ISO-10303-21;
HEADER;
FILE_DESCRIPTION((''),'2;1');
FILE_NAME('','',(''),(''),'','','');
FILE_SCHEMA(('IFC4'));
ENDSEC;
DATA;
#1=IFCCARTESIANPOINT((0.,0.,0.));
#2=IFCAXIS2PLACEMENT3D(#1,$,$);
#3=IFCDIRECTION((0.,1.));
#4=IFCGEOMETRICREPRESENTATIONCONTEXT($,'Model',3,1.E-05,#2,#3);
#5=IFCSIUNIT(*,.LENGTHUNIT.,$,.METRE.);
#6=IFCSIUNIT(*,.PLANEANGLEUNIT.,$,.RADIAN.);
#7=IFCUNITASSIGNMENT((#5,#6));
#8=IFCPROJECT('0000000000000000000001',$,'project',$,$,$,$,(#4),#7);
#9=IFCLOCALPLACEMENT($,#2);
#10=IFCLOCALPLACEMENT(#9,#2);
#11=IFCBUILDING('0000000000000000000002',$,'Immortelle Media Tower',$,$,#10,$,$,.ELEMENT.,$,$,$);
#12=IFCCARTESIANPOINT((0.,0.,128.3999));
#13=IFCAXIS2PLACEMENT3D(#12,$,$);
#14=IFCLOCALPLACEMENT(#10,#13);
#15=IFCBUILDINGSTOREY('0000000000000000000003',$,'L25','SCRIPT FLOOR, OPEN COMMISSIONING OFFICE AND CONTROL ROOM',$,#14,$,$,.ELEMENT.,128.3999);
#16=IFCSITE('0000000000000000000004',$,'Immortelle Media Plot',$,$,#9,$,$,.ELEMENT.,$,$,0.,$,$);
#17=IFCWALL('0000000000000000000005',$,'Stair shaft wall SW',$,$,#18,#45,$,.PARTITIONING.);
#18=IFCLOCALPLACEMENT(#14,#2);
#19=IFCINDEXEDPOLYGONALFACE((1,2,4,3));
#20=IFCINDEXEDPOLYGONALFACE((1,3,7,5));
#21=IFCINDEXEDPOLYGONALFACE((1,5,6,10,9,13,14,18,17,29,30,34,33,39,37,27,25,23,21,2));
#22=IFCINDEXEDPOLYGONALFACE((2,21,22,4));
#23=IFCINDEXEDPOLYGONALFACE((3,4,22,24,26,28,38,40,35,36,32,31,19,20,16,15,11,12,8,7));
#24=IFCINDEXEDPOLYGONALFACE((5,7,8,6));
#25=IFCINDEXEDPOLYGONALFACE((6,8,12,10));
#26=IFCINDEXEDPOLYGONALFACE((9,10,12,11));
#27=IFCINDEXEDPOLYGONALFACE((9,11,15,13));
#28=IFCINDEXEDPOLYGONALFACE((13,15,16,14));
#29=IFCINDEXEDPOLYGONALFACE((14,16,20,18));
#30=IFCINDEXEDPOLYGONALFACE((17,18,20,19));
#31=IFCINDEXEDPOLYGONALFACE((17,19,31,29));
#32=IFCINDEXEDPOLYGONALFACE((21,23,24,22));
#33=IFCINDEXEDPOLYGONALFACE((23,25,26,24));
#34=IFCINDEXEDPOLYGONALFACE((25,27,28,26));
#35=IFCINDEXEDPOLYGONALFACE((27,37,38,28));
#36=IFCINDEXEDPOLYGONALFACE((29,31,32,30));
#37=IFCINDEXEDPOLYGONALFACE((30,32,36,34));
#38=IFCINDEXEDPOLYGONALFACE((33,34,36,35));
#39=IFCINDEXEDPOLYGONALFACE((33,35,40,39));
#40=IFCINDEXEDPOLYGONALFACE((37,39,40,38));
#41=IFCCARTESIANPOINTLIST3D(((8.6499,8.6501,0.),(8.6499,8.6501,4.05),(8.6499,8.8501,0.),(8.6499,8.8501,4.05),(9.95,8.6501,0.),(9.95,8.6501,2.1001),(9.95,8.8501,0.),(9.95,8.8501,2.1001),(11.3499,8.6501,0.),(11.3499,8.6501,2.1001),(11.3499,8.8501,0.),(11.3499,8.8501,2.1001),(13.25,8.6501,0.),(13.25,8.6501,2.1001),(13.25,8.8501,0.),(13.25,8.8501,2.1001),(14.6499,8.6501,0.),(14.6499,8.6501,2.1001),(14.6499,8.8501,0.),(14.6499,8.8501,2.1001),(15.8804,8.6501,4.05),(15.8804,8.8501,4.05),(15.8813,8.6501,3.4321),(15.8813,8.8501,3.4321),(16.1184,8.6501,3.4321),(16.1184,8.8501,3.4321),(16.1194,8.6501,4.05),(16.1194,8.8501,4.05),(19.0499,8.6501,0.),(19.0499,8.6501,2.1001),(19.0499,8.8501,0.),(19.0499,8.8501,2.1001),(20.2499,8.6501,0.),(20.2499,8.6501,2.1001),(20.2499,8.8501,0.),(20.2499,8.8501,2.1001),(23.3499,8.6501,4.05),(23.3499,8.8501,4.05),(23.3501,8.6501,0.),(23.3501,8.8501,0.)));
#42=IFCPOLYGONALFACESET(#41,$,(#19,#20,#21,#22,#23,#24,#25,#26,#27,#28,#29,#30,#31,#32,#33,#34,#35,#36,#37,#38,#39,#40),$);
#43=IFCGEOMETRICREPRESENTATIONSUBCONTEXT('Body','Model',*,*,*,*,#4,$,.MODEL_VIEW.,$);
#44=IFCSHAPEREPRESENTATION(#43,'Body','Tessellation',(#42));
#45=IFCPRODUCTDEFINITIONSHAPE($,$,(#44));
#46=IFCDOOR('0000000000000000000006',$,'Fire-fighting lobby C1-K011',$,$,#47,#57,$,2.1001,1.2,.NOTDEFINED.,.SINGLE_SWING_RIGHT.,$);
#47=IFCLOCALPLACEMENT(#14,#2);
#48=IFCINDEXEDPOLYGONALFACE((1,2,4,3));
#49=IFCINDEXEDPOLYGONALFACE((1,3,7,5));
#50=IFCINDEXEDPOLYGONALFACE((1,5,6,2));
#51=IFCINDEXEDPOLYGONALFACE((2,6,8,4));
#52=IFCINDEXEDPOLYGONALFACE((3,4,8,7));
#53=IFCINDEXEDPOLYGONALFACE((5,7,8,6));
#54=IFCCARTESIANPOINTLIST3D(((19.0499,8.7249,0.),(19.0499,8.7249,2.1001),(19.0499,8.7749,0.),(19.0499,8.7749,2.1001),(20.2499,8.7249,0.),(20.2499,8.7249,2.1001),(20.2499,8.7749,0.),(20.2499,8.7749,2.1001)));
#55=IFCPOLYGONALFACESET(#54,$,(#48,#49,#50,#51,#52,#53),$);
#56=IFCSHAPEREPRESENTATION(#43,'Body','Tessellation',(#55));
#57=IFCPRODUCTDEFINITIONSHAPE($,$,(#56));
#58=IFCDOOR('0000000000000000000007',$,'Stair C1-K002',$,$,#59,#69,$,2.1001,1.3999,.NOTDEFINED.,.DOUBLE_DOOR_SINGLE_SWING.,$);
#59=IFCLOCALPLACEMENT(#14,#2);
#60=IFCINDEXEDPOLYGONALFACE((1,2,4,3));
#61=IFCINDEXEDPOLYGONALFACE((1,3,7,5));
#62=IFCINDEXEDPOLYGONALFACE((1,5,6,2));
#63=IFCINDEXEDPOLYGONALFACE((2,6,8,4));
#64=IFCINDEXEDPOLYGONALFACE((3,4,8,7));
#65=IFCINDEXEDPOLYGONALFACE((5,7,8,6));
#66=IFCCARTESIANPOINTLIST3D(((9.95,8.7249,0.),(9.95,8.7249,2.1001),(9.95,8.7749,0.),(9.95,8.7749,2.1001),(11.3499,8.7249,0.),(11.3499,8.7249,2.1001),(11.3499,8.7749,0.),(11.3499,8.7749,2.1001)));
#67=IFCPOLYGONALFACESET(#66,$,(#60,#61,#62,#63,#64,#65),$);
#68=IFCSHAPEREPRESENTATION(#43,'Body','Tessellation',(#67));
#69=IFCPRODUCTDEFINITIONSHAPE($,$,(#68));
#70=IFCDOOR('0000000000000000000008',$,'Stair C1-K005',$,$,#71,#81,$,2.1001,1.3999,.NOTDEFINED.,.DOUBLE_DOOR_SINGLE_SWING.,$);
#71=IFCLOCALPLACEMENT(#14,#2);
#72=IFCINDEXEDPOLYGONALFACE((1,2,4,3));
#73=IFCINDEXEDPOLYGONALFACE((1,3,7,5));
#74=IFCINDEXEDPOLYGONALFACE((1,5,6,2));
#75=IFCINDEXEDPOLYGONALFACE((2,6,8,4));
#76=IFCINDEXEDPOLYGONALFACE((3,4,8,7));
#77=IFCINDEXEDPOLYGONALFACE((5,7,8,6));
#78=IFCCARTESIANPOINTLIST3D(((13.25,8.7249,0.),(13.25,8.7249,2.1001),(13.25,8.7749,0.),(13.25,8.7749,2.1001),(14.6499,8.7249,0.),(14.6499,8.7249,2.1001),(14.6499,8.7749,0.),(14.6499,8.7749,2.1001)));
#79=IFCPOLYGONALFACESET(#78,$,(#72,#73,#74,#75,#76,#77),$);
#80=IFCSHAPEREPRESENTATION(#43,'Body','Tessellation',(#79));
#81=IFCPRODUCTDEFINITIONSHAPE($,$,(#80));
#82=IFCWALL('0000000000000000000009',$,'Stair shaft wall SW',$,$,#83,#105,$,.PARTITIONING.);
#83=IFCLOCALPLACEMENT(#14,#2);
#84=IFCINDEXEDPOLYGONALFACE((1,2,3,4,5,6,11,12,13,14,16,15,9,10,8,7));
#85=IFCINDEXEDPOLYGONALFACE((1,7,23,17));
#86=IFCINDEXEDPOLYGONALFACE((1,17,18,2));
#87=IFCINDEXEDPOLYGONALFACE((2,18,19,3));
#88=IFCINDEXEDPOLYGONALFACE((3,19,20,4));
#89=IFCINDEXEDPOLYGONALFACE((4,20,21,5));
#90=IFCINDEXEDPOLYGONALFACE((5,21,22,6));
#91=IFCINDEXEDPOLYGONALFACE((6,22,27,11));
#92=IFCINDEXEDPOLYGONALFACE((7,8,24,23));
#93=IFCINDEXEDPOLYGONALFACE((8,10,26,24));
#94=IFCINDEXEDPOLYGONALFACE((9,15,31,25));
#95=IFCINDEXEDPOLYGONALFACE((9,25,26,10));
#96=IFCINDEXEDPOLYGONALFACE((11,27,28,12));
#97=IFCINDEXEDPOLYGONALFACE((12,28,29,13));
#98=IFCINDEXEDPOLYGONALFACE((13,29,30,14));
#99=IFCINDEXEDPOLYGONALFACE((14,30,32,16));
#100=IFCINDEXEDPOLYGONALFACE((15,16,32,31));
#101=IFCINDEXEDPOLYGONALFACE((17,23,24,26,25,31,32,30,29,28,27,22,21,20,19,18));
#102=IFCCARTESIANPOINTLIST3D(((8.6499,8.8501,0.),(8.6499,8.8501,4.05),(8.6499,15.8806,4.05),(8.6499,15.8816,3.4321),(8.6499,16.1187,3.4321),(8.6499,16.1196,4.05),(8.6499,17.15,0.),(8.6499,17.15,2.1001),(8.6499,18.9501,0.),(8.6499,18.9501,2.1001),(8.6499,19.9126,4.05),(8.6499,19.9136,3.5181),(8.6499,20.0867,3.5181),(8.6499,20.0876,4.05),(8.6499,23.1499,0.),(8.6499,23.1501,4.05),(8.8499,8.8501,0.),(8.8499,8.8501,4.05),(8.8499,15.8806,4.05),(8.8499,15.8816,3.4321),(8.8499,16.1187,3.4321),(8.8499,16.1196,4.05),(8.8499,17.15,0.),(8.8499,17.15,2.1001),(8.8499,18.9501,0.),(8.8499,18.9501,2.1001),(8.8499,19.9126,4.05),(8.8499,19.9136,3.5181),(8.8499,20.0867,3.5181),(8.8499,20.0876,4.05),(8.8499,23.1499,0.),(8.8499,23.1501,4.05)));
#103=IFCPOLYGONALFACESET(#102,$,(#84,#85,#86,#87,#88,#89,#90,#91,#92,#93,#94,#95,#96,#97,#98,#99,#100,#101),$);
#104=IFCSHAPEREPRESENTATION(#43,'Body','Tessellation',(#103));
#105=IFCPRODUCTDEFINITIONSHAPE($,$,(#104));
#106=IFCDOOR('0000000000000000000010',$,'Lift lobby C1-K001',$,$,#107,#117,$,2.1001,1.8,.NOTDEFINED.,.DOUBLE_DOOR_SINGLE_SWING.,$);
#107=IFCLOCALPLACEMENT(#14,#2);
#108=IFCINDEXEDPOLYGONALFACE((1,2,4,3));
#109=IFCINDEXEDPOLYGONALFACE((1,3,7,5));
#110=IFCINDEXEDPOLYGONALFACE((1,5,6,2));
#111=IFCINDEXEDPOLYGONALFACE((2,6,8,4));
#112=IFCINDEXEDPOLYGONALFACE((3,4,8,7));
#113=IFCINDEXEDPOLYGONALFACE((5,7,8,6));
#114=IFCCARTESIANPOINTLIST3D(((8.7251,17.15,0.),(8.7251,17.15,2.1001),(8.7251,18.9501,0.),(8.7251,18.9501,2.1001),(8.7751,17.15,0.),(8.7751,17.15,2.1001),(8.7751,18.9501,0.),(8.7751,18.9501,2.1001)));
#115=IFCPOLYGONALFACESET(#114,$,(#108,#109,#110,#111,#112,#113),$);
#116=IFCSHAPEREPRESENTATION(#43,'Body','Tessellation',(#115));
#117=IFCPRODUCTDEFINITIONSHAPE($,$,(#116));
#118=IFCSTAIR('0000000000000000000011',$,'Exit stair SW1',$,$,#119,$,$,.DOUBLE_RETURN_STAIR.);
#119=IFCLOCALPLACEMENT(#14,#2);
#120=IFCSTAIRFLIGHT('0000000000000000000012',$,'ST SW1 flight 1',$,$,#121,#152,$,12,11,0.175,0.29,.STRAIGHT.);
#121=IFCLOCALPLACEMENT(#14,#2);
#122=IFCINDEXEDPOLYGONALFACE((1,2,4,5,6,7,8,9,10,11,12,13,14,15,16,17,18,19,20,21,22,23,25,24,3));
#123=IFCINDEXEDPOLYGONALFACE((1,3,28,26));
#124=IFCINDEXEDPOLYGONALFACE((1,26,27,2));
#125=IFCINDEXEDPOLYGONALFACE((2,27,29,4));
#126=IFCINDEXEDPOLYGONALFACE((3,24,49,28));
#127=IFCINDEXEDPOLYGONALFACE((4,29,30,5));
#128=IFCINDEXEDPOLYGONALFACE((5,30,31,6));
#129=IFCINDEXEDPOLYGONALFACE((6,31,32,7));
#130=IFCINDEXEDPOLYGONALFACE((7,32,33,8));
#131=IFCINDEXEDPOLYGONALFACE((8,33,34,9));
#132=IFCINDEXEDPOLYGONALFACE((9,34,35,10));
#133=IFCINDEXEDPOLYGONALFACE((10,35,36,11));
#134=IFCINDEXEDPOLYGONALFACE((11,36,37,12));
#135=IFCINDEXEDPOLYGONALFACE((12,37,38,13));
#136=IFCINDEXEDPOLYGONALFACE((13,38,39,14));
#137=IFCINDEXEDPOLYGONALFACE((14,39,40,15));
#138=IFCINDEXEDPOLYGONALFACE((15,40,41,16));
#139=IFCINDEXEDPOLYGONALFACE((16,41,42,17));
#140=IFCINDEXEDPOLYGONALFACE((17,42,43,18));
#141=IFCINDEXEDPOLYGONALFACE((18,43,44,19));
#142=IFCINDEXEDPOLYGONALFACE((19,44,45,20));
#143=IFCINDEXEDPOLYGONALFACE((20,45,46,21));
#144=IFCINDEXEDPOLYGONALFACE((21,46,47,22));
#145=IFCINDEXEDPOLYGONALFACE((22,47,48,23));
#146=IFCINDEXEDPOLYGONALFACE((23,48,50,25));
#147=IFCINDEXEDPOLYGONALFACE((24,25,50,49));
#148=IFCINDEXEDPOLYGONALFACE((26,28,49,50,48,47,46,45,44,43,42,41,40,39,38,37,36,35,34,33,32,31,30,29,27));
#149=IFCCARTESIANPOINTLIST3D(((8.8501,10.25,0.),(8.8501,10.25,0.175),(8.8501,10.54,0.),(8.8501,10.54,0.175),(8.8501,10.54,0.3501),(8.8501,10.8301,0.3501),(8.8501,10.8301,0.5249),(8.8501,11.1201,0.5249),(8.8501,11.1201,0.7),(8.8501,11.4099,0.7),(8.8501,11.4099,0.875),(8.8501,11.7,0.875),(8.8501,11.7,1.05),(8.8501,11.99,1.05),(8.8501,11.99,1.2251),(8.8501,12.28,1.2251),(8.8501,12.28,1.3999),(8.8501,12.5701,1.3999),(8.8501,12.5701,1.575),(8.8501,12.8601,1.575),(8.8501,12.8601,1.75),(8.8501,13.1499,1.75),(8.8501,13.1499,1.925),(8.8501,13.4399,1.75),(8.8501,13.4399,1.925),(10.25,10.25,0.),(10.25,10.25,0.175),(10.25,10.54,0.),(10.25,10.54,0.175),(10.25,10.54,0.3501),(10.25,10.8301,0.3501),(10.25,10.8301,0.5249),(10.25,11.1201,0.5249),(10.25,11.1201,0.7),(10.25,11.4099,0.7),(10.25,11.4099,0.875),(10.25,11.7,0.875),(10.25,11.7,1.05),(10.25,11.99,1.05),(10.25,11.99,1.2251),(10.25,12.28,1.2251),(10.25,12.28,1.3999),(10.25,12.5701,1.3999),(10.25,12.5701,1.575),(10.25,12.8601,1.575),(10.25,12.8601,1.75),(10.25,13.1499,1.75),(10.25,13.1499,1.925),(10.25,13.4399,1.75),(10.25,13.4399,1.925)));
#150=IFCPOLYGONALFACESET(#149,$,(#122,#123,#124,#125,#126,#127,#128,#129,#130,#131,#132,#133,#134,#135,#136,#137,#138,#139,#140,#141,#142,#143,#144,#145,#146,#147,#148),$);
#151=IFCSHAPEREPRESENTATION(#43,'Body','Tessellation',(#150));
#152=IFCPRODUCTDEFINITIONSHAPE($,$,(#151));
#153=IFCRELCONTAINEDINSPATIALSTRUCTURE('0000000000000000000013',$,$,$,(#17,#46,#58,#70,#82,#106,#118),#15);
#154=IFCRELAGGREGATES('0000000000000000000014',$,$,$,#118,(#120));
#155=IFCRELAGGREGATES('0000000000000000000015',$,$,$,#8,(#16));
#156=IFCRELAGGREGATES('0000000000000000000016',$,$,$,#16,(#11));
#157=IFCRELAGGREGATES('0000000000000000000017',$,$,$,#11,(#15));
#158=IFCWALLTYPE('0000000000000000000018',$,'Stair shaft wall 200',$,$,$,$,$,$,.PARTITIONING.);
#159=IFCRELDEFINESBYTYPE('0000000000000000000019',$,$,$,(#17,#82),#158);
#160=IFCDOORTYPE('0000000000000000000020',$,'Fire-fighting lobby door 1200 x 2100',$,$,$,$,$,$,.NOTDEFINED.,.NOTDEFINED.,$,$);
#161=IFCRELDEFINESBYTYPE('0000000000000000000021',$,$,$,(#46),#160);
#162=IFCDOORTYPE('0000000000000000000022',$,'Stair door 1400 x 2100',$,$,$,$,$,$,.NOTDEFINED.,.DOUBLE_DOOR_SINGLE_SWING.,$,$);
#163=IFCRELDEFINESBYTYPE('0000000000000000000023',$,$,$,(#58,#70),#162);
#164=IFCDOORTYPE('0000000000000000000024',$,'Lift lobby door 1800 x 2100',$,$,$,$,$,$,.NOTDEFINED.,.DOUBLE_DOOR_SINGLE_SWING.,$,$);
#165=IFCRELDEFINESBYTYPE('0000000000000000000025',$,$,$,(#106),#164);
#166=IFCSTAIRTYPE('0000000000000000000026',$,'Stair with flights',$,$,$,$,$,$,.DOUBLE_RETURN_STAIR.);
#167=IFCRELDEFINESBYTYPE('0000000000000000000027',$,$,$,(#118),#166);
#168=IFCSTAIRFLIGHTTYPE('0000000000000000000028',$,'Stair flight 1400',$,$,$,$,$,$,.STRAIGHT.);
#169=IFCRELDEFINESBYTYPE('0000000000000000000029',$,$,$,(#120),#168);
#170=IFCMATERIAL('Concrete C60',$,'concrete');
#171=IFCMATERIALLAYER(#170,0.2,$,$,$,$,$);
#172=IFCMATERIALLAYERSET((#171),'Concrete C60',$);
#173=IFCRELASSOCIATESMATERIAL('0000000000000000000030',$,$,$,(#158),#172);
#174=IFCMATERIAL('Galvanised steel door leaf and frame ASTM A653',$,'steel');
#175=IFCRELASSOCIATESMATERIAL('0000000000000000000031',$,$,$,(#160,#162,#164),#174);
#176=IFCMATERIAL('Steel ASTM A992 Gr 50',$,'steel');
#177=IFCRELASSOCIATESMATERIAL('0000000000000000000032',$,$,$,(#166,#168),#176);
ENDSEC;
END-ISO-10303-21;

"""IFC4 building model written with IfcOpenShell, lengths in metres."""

from ifc_helpers import new_model, si_unit, direction, frame, frame_2d, origin, place, context, subcontext, project, spatial, polyline, rectangle, outline, extrude, material, layer, layer_set, type_object, element, fill, aggregate, save


model = new_model("IFC4")

# Units and contexts
model_context = context("Model", 3, precision=1e-05, world=origin(), true_north=direction((0.0, 1.0)))
body_context = subcontext(model_context, "Body", "Model", "MODEL_VIEW")
ifc_project = project(units=[si_unit("LENGTHUNIT", "METRE"), si_unit("PLANEANGLEUNIT", "RADIAN")], contexts=[model_context])

# Site, building, storey
site_placement = place(None, origin())
site = spatial("IfcSite", under=ifc_project, at=site_placement, Name="Immortelle Media Plot", CompositionType="ELEMENT", RefElevation=0.0)
building_placement = place(site_placement, origin())
building = spatial("IfcBuilding", under=site, at=building_placement, Name="Immortelle Media Tower", CompositionType="ELEMENT")
storey_placement = place(building_placement, frame((0.0, 0.0, 128.3999)))
storey = spatial("IfcBuildingStorey", under=building, at=storey_placement, Name="L25", Description="SCRIPT FLOOR, OPEN COMMISSIONING OFFICE AND CONTROL ROOM", CompositionType="ELEMENT", Elevation=128.3999)

# Shared definitions
ifc_material_1 = material(Name="Steel ASTM A992 Gr 50", Category="steel")

# Wall, openings, doors
ifc_material_2 = material(Name="Concrete C60", Category="concrete")
ifc_layer_1 = layer(ifc_material_2, 0.2)
ifc_layer_set_1 = layer_set([ifc_layer_1], Name="Concrete C60")
wall_type_1 = type_object("IfcWallType", Name="Stair shaft wall 200", PredefinedType="PARTITIONING", material=ifc_layer_set_1)
wall_1_placement = place(storey_placement, frame((8.6499, 8.75, 0.0), z_axis=(0.0, 0.0, 1.0), x_axis=(1.0, 0.0, 0.0)))
wall_1 = element("IfcWall", 1, at=wall_1_placement, inside=storey, type_object=wall_type_1, Name="Stair shaft wall SW", PredefinedType="PARTITIONING", context=body_context, shape_type="SweptSolid", body=[
    extrude(outline(polyline([(0.0, 0.0), (14.7002, 0.0), (14.7, 4.05), (7.4695, 4.05), (7.4685, 3.4321), (7.2314, 3.4321), (7.2305, 4.05), (0.0, 4.05), (0.0, 0.0)])), frame((0.0, 0.1001, 0.0), z_axis=(0.0, -1.0, 0.0), x_axis=(1.0, 0.0, 0.0)), (0.0, 0.0, 1.0), 0.2),
])
opening_1_placement = place(wall_1_placement, frame((1.3, 0.0, 0.0)))
opening_1 = element("IfcOpeningElement", 2, at=opening_1_placement, cuts=wall_1, PredefinedType="OPENING", context=body_context, shape_type="SweptSolid", body=[
    extrude(rectangle(XDim=1.3999, YDim=2.1001, at=frame_2d((0.7, 1.05))), frame((0.0, 0.1099, 0.0), z_axis=(0.0, -1.0, 0.0), x_axis=(1.0, 0.0, 0.0)), (0.0, 0.0, 1.0), 0.22),
])
opening_2_placement = place(wall_1_placement, frame((4.6001, 0.0, 0.0)))
opening_2 = element("IfcOpeningElement", 3, at=opening_2_placement, cuts=wall_1, PredefinedType="OPENING", context=body_context, shape_type="SweptSolid", body=[
    extrude(rectangle(XDim=1.3999, YDim=2.1001, at=frame_2d((0.7, 1.05))), frame((0.0, 0.1099, 0.0), z_axis=(0.0, -1.0, 0.0), x_axis=(1.0, 0.0, 0.0)), (0.0, 0.0, 1.0), 0.22),
])
opening_3_placement = place(wall_1_placement, frame((10.3999, 0.0, 0.0)))
opening_3 = element("IfcOpeningElement", 4, at=opening_3_placement, cuts=wall_1, PredefinedType="OPENING", context=body_context, shape_type="SweptSolid", body=[
    extrude(rectangle(XDim=1.2, YDim=2.1001, at=frame_2d((0.6001, 1.05))), frame((0.0, 0.1099, 0.0), z_axis=(0.0, -1.0, 0.0), x_axis=(1.0, 0.0, 0.0)), (0.0, 0.0, 1.0), 0.22),
])
ifc_material_3 = material(Name="Galvanised steel door leaf and frame ASTM A653", Category="steel")
door_type_1 = type_object("IfcDoorType", Name="Fire-fighting lobby door 1200 x 2100", OperationType="NOTDEFINED", PredefinedType="NOTDEFINED", material=ifc_material_3)
door_1_placement = place(opening_3_placement, origin())
door_1 = element("IfcDoor", 5, at=door_1_placement, inside=storey, type_object=door_type_1, Name="Fire-fighting lobby C1-K011", OperationType="SINGLE_SWING_RIGHT", OverallHeight=2.1001, OverallWidth=1.2, PredefinedType="NOTDEFINED", context=body_context, shape_type="SweptSolid", body=[
    extrude(rectangle(XDim=1.2, YDim=2.1001, at=frame_2d((0.6001, 1.05))), frame((0.0, 0.0249, 0.0), z_axis=(0.0, -1.0, 0.0), x_axis=(1.0, 0.0, 0.0)), (0.0, 0.0, 1.0), 0.05),
])
fill(opening_3, door_1)
door_type_2 = type_object("IfcDoorType", Name="Stair door 1400 x 2100", OperationType="DOUBLE_DOOR_SINGLE_SWING", PredefinedType="NOTDEFINED", material=ifc_material_3)
door_2_placement = place(opening_1_placement, origin())
door_2 = element("IfcDoor", 6, at=door_2_placement, inside=storey, type_object=door_type_2, Name="Stair C1-K002", OperationType="DOUBLE_DOOR_SINGLE_SWING", OverallHeight=2.1001, OverallWidth=1.3999, PredefinedType="NOTDEFINED", context=body_context, shape_type="SweptSolid", body=[
    extrude(rectangle(XDim=1.3999, YDim=2.1001, at=frame_2d((0.7, 1.05))), frame((0.0, 0.0249, 0.0), z_axis=(0.0, -1.0, 0.0), x_axis=(1.0, 0.0, 0.0)), (0.0, 0.0, 1.0), 0.05),
])
fill(opening_1, door_2)
door_3_placement = place(opening_2_placement, origin())
door_3 = element("IfcDoor", 7, at=door_3_placement, inside=storey, type_object=door_type_2, Name="Stair C1-K005", OperationType="DOUBLE_DOOR_SINGLE_SWING", OverallHeight=2.1001, OverallWidth=1.3999, PredefinedType="NOTDEFINED", context=body_context, shape_type="SweptSolid", body=[
    extrude(rectangle(XDim=1.3999, YDim=2.1001, at=frame_2d((0.7, 1.05))), frame((0.0, 0.0249, 0.0), z_axis=(0.0, -1.0, 0.0), x_axis=(1.0, 0.0, 0.0)), (0.0, 0.0, 1.0), 0.05),
])
fill(opening_2, door_3)

# Wall, opening, door
wall_2_placement = place(storey_placement, frame((8.75, 8.8501, 0.0), z_axis=(0.0, 0.0, 1.0), x_axis=(0.0, 1.0, 0.0)))
wall_2 = element("IfcWall", 8, at=wall_2_placement, inside=storey, type_object=wall_type_1, Name="Stair shaft wall SW", PredefinedType="PARTITIONING", context=body_context, shape_type="SweptSolid", body=[
    extrude(outline(polyline([(0.0, 0.0), (14.2998, 0.0), (14.3, 4.05), (11.2375, 4.05), (11.2366, 3.5181), (11.0635, 3.5181), (11.0625, 4.05), (7.2695, 4.05), (7.2686, 3.4321), (7.0315, 3.4321), (7.0305, 4.05), (0.0, 4.05), (0.0, 0.0)])), frame((0.0, 0.1001, 0.0), z_axis=(0.0, -1.0, 0.0), x_axis=(1.0, 0.0, 0.0)), (0.0, 0.0, 1.0), 0.2),
])
opening_4_placement = place(wall_2_placement, frame((8.3, 0.0, 0.0)))
opening_4 = element("IfcOpeningElement", 9, at=opening_4_placement, cuts=wall_2, PredefinedType="OPENING", context=body_context, shape_type="SweptSolid", body=[
    extrude(rectangle(XDim=1.8, YDim=2.1001, at=frame_2d((0.8999, 1.05))), frame((0.0, 0.1099, 0.0), z_axis=(0.0, -1.0, 0.0), x_axis=(1.0, 0.0, 0.0)), (0.0, 0.0, 1.0), 0.22),
])
door_type_3 = type_object("IfcDoorType", Name="Lift lobby door 1800 x 2100", OperationType="DOUBLE_DOOR_SINGLE_SWING", PredefinedType="NOTDEFINED", material=ifc_material_3)
door_4_placement = place(opening_4_placement, origin())
door_4 = element("IfcDoor", 10, at=door_4_placement, inside=storey, type_object=door_type_3, Name="Lift lobby C1-K001", OperationType="DOUBLE_DOOR_SINGLE_SWING", OverallHeight=2.1001, OverallWidth=1.8, PredefinedType="NOTDEFINED", context=body_context, shape_type="SweptSolid", body=[
    extrude(rectangle(XDim=1.8, YDim=2.1001, at=frame_2d((0.8999, 1.05))), frame((0.0, 0.0249, 0.0), z_axis=(0.0, -1.0, 0.0), x_axis=(1.0, 0.0, 0.0)), (0.0, 0.0, 1.0), 0.05),
])
fill(opening_4, door_4)

# Stair, stair flight
stair_type = type_object("IfcStairType", Name="Stair with flights", PredefinedType="DOUBLE_RETURN_STAIR", material=ifc_material_1)
stair_placement = place(storey_placement, origin())
stair = element("IfcStair", 11, at=stair_placement, inside=storey, type_object=stair_type, Name="Exit stair SW1", PredefinedType="DOUBLE_RETURN_STAIR")
stair_flight_type = type_object("IfcStairFlightType", Name="Stair flight 1400", PredefinedType="STRAIGHT", material=ifc_material_1)
stair_flight_placement = place(storey_placement, frame((9.55, 10.25, 0.0), z_axis=(0.0, 0.0, 1.0), x_axis=(0.0, 1.0, 0.0)))
stair_flight = element("IfcStairFlight", 12, at=stair_flight_placement, type_object=stair_flight_type, Name="ST SW1 flight 1", NumberOfRisers=12, NumberOfTreads=11, PredefinedType="STRAIGHT", RiserHeight=0.175, TreadLength=0.29, context=body_context, shape_type="SweptSolid", body=[
    extrude(outline(polyline([(0.0, 0.0), (0.0, 0.175), (0.29, 0.175), (0.29, 0.3501), (0.5801, 0.3501), (0.5801, 0.5249), (0.8701, 0.5249), (0.8701, 0.7), (1.1599, 0.7), (1.1599, 0.875), (1.45, 0.875), (1.45, 1.05), (1.74, 1.05), (1.74, 1.2251), (2.03, 1.2251), (2.03, 1.3999), (2.3201, 1.3999), (2.3201, 1.575), (2.6101, 1.575), (2.6101, 1.75), (2.8999, 1.75), (2.8999, 1.925), (3.1899, 1.925), (3.1899, 2.1001), (3.1899, 1.75), (0.29, 0.0), (0.0, 0.0)])), frame((0.0, 0.7, 0.0), z_axis=(0.0, -1.0, 0.0), x_axis=(1.0, 0.0, 0.0)), (0.0, 0.0, 1.0), 1.3999),
])
aggregate(stair, [stair_flight])

save(model, "model.ifc")
